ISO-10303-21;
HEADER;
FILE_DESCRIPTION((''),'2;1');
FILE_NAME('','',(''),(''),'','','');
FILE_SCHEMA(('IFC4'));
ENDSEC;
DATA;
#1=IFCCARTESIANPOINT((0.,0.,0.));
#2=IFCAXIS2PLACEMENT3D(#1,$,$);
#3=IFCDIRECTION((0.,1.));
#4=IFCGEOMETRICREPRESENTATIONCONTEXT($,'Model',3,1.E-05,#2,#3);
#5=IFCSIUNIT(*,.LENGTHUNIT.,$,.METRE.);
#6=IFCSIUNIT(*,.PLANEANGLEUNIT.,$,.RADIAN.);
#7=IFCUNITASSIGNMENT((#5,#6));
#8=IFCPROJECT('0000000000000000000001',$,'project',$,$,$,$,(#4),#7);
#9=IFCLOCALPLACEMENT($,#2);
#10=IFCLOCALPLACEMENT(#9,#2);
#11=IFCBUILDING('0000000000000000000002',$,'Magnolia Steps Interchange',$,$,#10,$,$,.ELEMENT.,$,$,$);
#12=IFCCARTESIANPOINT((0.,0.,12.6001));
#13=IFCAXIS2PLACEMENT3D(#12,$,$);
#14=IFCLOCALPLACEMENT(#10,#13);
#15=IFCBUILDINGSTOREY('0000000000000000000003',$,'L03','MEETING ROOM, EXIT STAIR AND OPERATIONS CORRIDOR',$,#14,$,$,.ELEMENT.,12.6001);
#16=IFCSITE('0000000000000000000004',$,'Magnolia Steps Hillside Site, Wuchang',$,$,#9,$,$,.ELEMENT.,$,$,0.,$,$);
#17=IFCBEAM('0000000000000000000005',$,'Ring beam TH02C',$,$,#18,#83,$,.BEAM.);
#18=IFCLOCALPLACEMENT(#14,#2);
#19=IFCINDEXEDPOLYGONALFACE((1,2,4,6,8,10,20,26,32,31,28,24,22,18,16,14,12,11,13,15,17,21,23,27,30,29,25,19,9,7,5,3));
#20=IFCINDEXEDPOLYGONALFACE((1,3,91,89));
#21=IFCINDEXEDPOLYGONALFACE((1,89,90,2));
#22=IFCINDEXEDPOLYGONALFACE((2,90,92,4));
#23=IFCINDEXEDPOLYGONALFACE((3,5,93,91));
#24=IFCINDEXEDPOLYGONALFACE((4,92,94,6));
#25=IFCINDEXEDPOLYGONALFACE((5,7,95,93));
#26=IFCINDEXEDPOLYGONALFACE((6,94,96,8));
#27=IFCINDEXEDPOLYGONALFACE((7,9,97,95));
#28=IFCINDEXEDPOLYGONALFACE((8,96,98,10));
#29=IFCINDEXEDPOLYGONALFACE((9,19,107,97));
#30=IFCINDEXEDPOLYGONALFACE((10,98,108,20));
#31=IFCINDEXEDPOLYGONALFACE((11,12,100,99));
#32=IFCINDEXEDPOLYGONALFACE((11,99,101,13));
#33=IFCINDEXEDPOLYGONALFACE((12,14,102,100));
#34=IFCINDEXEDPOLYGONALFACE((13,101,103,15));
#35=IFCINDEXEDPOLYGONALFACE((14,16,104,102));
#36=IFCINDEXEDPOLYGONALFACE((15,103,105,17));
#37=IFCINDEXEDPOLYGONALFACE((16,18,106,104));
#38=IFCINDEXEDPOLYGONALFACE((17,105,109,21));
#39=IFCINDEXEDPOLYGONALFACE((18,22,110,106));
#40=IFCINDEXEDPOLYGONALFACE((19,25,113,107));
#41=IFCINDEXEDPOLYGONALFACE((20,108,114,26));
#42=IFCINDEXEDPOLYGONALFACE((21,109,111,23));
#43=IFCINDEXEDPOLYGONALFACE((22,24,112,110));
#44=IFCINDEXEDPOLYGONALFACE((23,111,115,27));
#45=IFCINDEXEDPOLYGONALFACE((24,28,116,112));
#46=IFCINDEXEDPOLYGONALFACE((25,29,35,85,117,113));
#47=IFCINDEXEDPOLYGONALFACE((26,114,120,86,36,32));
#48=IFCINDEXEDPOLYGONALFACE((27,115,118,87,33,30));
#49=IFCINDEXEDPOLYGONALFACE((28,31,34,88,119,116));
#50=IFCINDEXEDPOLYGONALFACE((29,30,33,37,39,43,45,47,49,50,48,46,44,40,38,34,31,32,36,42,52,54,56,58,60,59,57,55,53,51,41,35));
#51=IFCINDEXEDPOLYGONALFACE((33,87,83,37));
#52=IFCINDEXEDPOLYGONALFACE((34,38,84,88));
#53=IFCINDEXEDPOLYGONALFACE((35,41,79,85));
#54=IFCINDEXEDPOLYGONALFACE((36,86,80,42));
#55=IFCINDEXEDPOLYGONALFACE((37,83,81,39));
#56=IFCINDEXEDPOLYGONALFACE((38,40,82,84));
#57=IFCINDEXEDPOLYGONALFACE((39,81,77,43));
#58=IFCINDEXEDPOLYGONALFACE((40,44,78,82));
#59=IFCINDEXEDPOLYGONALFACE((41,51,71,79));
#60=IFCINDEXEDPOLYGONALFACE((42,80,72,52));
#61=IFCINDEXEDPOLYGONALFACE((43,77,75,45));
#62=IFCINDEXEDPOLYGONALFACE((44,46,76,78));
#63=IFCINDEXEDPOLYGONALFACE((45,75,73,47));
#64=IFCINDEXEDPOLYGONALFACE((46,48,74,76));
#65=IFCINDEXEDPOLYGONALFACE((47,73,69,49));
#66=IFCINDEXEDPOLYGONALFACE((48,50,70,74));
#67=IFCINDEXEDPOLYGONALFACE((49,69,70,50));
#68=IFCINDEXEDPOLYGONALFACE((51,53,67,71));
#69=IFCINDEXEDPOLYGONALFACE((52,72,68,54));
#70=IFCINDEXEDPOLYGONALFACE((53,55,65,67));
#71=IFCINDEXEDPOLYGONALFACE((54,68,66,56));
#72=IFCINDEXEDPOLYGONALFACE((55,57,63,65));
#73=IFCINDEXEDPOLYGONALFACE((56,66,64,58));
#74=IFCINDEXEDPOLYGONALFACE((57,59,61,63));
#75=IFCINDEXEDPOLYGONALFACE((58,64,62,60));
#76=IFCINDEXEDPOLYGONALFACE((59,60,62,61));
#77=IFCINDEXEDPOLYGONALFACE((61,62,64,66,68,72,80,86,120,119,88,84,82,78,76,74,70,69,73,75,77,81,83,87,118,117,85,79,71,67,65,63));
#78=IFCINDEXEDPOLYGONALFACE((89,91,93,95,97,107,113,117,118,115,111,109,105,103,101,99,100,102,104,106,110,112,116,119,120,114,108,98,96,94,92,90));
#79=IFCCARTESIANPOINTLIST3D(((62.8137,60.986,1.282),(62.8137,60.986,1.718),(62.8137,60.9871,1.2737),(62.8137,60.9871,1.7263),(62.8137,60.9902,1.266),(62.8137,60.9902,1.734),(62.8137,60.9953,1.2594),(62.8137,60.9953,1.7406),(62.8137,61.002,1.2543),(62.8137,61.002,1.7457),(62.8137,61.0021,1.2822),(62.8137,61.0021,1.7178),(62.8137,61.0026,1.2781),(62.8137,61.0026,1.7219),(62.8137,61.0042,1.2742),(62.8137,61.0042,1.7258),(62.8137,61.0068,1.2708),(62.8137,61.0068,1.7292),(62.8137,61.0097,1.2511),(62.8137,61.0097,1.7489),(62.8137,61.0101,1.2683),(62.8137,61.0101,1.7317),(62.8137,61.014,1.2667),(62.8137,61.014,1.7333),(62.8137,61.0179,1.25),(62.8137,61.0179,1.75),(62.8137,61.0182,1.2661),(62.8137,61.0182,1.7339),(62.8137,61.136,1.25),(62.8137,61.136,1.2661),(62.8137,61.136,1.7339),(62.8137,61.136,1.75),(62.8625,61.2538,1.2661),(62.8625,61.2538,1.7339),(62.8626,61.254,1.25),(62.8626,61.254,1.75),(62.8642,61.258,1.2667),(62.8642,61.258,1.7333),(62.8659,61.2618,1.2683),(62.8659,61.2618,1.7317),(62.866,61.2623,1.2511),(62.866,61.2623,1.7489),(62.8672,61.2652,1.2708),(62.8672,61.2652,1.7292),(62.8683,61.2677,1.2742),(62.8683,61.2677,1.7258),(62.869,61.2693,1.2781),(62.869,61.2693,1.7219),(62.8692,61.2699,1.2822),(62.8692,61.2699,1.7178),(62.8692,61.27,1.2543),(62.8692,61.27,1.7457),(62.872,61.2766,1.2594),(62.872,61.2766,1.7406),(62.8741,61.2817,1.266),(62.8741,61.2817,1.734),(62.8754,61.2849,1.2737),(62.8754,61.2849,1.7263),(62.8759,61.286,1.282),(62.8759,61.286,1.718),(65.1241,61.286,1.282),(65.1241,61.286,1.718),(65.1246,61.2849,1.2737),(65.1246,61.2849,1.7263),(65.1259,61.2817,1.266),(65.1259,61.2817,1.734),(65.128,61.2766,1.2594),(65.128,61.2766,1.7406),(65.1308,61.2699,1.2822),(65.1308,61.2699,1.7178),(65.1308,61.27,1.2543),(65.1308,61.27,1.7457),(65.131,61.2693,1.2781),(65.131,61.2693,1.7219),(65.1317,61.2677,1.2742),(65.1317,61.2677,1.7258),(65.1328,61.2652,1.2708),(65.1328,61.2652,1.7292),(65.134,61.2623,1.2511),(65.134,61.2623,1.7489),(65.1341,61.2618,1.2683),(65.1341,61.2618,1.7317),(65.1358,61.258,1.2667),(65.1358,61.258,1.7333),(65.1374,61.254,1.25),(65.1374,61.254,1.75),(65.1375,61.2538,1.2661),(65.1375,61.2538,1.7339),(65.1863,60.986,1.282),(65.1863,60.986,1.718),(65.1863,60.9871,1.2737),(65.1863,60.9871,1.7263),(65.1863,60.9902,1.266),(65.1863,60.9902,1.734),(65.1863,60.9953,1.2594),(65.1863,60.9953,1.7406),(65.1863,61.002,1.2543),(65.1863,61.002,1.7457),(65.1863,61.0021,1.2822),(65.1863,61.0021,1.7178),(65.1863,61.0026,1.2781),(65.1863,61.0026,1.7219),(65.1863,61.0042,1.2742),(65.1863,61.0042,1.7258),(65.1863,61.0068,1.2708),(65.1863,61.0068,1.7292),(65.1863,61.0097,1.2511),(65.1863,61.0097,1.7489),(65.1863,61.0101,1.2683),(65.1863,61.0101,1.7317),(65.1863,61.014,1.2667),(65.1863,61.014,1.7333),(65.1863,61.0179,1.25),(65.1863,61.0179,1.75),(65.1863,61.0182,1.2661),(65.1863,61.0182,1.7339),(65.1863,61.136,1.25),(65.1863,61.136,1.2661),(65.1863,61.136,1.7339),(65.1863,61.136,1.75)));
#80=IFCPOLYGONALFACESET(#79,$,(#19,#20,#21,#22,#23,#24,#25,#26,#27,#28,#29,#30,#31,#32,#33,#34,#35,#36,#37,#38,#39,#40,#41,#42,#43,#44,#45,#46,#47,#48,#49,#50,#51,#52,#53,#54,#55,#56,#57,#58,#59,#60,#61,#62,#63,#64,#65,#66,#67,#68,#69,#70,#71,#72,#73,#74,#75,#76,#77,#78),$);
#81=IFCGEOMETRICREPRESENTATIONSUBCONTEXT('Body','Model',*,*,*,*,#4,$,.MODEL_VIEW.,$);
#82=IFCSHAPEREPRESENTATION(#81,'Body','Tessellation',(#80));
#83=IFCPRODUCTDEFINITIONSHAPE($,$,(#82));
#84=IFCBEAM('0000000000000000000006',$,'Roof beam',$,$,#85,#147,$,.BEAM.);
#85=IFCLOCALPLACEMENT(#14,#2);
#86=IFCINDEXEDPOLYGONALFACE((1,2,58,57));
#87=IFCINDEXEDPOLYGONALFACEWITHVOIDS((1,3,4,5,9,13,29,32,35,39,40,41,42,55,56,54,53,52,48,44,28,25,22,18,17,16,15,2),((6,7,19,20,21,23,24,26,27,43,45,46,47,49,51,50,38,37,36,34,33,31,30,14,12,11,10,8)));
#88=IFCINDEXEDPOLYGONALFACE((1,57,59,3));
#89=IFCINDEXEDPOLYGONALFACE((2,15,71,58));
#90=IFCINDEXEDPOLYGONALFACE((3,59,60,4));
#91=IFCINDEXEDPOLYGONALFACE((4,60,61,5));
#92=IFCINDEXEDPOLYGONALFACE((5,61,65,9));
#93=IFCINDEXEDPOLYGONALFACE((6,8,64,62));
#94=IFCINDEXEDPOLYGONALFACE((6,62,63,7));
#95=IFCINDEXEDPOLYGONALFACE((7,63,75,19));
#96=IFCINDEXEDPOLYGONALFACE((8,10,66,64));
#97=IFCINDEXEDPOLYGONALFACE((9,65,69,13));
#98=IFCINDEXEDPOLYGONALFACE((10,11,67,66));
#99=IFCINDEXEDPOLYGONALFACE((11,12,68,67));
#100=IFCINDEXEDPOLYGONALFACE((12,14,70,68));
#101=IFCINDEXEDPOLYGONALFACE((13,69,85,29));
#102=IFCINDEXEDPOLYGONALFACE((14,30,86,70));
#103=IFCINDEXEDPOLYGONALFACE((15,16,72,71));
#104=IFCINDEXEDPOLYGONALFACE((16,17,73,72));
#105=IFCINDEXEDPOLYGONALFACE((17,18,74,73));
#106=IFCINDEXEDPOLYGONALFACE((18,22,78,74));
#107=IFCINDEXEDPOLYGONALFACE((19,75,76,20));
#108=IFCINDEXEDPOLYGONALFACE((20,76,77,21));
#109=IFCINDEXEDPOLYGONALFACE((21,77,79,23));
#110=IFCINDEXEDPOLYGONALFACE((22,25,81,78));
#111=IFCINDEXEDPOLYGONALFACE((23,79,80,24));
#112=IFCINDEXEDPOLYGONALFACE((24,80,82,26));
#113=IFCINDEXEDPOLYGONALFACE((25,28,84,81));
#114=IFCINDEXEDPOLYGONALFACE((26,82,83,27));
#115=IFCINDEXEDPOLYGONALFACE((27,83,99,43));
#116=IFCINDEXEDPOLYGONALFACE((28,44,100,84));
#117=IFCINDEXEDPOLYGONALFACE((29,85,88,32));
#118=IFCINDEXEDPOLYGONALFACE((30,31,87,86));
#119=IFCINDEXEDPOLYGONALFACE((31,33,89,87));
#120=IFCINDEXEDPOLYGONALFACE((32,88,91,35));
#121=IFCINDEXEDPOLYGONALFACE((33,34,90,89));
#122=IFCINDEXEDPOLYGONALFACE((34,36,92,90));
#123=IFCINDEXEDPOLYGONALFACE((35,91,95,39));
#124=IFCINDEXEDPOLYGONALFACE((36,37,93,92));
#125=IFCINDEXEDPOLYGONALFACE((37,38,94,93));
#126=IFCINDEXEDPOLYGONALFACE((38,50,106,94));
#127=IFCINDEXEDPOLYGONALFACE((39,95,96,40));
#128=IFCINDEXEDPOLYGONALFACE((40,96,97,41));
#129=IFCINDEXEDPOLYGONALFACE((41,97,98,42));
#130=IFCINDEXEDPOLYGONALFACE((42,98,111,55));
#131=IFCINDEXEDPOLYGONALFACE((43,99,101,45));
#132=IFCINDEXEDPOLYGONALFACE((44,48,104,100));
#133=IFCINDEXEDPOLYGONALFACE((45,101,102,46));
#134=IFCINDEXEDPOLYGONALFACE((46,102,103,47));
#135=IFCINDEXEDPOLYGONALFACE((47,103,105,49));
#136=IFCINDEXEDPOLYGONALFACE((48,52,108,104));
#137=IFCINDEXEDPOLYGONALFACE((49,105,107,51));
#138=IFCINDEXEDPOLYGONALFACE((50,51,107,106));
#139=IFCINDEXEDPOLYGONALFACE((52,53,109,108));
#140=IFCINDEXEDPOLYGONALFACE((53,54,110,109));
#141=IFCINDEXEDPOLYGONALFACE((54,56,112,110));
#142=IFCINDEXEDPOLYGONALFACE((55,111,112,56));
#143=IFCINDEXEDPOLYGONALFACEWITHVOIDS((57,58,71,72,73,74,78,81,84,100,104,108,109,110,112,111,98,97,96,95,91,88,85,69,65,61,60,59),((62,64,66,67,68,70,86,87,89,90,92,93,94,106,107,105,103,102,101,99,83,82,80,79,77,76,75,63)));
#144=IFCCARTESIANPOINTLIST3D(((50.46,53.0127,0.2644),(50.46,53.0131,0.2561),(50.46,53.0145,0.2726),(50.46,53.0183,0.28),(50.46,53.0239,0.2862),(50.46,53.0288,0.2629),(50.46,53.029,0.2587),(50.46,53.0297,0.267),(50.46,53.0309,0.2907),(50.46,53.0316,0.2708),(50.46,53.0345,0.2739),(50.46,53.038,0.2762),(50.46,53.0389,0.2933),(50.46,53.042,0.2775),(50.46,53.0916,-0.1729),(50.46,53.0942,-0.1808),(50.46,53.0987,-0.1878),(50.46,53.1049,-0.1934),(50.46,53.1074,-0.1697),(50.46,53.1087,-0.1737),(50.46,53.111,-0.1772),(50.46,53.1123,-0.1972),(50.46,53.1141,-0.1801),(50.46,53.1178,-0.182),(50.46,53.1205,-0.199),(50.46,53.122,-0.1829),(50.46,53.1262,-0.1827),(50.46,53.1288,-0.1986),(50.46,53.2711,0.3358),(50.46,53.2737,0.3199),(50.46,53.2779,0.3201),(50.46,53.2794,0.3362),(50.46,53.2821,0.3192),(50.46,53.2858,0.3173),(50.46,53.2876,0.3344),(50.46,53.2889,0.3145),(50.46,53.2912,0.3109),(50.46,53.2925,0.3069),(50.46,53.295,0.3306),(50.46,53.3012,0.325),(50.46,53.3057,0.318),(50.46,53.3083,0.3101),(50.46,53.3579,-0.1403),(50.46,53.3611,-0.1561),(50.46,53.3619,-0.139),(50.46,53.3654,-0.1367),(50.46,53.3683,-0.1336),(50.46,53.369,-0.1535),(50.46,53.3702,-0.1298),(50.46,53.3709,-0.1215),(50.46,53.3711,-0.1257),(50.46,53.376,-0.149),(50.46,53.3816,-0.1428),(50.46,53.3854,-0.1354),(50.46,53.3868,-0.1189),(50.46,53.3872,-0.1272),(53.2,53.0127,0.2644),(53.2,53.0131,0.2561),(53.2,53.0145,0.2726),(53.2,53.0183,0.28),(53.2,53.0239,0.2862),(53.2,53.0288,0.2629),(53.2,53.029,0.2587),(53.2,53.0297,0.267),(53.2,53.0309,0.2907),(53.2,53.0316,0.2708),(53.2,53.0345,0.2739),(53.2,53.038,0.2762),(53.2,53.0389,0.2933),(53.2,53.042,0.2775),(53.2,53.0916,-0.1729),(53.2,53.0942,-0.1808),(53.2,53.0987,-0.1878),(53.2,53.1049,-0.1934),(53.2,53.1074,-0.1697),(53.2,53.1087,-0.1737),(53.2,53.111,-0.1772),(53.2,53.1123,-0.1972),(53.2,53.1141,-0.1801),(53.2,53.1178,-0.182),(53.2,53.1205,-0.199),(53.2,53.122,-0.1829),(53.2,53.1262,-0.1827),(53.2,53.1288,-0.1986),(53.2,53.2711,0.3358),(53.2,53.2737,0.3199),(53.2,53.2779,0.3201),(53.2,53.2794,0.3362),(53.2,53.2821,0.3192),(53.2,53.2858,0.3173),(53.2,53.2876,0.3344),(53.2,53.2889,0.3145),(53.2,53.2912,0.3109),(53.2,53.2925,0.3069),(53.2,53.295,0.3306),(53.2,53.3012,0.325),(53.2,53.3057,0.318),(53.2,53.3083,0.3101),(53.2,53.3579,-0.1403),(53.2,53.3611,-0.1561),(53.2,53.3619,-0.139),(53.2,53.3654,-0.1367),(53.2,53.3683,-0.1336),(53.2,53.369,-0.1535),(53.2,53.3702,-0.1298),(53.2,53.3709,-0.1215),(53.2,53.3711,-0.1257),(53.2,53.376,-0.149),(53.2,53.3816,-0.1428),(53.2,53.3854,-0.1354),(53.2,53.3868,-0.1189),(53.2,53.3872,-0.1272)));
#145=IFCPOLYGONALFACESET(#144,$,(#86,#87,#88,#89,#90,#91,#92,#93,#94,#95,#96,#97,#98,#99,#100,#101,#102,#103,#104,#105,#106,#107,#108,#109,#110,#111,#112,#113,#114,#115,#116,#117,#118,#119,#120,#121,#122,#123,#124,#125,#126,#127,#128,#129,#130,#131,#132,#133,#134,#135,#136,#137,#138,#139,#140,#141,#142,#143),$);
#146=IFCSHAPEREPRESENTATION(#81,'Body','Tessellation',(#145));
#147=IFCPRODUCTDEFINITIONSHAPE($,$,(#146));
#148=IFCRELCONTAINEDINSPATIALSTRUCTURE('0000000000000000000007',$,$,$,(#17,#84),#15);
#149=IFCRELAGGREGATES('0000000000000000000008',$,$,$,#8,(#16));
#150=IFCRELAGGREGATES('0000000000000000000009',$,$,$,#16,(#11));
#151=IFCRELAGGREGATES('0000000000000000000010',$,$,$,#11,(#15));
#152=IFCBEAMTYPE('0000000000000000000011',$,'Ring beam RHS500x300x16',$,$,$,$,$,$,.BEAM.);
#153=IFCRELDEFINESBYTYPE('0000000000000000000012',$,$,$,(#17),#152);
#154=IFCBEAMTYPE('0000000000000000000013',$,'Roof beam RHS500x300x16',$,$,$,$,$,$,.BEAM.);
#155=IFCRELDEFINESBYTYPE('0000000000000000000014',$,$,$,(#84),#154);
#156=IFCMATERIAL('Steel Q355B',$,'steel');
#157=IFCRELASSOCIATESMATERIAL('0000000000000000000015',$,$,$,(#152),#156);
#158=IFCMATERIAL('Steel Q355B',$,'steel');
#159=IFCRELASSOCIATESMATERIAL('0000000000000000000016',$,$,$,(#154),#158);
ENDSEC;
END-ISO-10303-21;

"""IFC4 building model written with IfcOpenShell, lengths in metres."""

from ifc_helpers import new_model, si_unit, direction, frame, origin, origin_2d, place, context, subcontext, project, spatial, hollow_rectangle, extrude, clip, halfspace, material, material_profile, profile_set, type_object, element, save


model = new_model("IFC4")

# Units and contexts
model_context = context("Model", 3, precision=1e-05, world=origin(), true_north=direction((0.0, 1.0)))
body_context = subcontext(model_context, "Body", "Model", "MODEL_VIEW")
ifc_project = project(units=[si_unit("LENGTHUNIT", "METRE"), si_unit("PLANEANGLEUNIT", "RADIAN")], contexts=[model_context])

# Site, building, storey
site_placement = place(None, origin())
site = spatial("IfcSite", under=ifc_project, at=site_placement, Name="Magnolia Steps Hillside Site, Wuchang", CompositionType="ELEMENT", RefElevation=0.0)
building_placement = place(site_placement, origin())
building = spatial("IfcBuilding", under=site, at=building_placement, Name="Magnolia Steps Interchange", CompositionType="ELEMENT")
storey_placement = place(building_placement, frame((0.0, 0.0, 12.6001)))
storey = spatial("IfcBuildingStorey", under=building, at=storey_placement, Name="L03", Description="MEETING ROOM, EXIT STAIR AND OPERATIONS CORRIDOR", CompositionType="ELEMENT", Elevation=12.6001)

# Beams
ifc_material_1 = material(Name="Steel Q355B", Category="steel")
ifc_material_profile_1 = material_profile(ifc_material_1, hollow_rectangle(XDim=0.3, YDim=0.5, WallThickness=0.0161, InnerFilletRadius=0.0161, OuterFilletRadius=0.032, at=origin_2d()), Name="RHS500x300x16")
ifc_profile_set_1 = profile_set([ifc_material_profile_1], Name="Steel Q355B")
beam_type_1 = type_object("IfcBeamType", Name="Ring beam RHS500x300x16", PredefinedType="BEAM", material=ifc_profile_set_1)
beam_1_placement = place(storey_placement, frame((62.8137, 61.136, 1.5), z_axis=(1.0, 0.0, 0.0), x_axis=(0.0, 1.0, 0.0)))
element("IfcBeam", 1, at=beam_1_placement, inside=storey, type_object=beam_type_1, Name="Ring beam TH02C", PredefinedType="BEAM", context=body_context, shape_type="Clipping", body=[
    clip(clip(extrude(hollow_rectangle(XDim=0.3, YDim=0.5, WallThickness=0.0161, InnerFilletRadius=0.0161, OuterFilletRadius=0.032, at=origin_2d()), origin(), (0.0, 0.0, 1.0), 2.3726), halfspace(frame((0.0, 0.0, 0.0), z_axis=(0.382683, 0.0, -0.92388), x_axis=(0.92388, 0.0, 0.382683)), False)), halfspace(frame((0.0, 0.0, 2.3726), z_axis=(0.382683, 0.0, 0.92388), x_axis=(0.92388, 0.0, -0.382683)), False)),
])
ifc_material_2 = material(Name="Steel Q355B", Category="steel")
ifc_material_profile_2 = material_profile(ifc_material_2, hollow_rectangle(XDim=0.3, YDim=0.5, WallThickness=0.0161, InnerFilletRadius=0.0161, OuterFilletRadius=0.032, at=origin_2d()), Name="RHS500x300x16")
ifc_profile_set_2 = profile_set([ifc_material_profile_2], Name="Steel Q355B")
beam_type_2 = type_object("IfcBeamType", Name="Roof beam RHS500x300x16", PredefinedType="BEAM", material=ifc_profile_set_2)
beam_2_placement = place(storey_placement, frame((50.46, 53.2, 0.0686), z_axis=(1.0, 0.0, 0.0), x_axis=(0.0, 0.983677, 0.179941)))
element("IfcBeam", 2, at=beam_2_placement, inside=storey, type_object=beam_type_2, Name="Roof beam", PredefinedType="BEAM", context=body_context, shape_type="SweptSolid", body=[
    extrude(hollow_rectangle(XDim=0.3, YDim=0.5, WallThickness=0.0161, InnerFilletRadius=0.0161, OuterFilletRadius=0.032, at=origin_2d()), origin(), (0.0, 0.0, 1.0), 2.74),
])

save(model, "model.ifc")
